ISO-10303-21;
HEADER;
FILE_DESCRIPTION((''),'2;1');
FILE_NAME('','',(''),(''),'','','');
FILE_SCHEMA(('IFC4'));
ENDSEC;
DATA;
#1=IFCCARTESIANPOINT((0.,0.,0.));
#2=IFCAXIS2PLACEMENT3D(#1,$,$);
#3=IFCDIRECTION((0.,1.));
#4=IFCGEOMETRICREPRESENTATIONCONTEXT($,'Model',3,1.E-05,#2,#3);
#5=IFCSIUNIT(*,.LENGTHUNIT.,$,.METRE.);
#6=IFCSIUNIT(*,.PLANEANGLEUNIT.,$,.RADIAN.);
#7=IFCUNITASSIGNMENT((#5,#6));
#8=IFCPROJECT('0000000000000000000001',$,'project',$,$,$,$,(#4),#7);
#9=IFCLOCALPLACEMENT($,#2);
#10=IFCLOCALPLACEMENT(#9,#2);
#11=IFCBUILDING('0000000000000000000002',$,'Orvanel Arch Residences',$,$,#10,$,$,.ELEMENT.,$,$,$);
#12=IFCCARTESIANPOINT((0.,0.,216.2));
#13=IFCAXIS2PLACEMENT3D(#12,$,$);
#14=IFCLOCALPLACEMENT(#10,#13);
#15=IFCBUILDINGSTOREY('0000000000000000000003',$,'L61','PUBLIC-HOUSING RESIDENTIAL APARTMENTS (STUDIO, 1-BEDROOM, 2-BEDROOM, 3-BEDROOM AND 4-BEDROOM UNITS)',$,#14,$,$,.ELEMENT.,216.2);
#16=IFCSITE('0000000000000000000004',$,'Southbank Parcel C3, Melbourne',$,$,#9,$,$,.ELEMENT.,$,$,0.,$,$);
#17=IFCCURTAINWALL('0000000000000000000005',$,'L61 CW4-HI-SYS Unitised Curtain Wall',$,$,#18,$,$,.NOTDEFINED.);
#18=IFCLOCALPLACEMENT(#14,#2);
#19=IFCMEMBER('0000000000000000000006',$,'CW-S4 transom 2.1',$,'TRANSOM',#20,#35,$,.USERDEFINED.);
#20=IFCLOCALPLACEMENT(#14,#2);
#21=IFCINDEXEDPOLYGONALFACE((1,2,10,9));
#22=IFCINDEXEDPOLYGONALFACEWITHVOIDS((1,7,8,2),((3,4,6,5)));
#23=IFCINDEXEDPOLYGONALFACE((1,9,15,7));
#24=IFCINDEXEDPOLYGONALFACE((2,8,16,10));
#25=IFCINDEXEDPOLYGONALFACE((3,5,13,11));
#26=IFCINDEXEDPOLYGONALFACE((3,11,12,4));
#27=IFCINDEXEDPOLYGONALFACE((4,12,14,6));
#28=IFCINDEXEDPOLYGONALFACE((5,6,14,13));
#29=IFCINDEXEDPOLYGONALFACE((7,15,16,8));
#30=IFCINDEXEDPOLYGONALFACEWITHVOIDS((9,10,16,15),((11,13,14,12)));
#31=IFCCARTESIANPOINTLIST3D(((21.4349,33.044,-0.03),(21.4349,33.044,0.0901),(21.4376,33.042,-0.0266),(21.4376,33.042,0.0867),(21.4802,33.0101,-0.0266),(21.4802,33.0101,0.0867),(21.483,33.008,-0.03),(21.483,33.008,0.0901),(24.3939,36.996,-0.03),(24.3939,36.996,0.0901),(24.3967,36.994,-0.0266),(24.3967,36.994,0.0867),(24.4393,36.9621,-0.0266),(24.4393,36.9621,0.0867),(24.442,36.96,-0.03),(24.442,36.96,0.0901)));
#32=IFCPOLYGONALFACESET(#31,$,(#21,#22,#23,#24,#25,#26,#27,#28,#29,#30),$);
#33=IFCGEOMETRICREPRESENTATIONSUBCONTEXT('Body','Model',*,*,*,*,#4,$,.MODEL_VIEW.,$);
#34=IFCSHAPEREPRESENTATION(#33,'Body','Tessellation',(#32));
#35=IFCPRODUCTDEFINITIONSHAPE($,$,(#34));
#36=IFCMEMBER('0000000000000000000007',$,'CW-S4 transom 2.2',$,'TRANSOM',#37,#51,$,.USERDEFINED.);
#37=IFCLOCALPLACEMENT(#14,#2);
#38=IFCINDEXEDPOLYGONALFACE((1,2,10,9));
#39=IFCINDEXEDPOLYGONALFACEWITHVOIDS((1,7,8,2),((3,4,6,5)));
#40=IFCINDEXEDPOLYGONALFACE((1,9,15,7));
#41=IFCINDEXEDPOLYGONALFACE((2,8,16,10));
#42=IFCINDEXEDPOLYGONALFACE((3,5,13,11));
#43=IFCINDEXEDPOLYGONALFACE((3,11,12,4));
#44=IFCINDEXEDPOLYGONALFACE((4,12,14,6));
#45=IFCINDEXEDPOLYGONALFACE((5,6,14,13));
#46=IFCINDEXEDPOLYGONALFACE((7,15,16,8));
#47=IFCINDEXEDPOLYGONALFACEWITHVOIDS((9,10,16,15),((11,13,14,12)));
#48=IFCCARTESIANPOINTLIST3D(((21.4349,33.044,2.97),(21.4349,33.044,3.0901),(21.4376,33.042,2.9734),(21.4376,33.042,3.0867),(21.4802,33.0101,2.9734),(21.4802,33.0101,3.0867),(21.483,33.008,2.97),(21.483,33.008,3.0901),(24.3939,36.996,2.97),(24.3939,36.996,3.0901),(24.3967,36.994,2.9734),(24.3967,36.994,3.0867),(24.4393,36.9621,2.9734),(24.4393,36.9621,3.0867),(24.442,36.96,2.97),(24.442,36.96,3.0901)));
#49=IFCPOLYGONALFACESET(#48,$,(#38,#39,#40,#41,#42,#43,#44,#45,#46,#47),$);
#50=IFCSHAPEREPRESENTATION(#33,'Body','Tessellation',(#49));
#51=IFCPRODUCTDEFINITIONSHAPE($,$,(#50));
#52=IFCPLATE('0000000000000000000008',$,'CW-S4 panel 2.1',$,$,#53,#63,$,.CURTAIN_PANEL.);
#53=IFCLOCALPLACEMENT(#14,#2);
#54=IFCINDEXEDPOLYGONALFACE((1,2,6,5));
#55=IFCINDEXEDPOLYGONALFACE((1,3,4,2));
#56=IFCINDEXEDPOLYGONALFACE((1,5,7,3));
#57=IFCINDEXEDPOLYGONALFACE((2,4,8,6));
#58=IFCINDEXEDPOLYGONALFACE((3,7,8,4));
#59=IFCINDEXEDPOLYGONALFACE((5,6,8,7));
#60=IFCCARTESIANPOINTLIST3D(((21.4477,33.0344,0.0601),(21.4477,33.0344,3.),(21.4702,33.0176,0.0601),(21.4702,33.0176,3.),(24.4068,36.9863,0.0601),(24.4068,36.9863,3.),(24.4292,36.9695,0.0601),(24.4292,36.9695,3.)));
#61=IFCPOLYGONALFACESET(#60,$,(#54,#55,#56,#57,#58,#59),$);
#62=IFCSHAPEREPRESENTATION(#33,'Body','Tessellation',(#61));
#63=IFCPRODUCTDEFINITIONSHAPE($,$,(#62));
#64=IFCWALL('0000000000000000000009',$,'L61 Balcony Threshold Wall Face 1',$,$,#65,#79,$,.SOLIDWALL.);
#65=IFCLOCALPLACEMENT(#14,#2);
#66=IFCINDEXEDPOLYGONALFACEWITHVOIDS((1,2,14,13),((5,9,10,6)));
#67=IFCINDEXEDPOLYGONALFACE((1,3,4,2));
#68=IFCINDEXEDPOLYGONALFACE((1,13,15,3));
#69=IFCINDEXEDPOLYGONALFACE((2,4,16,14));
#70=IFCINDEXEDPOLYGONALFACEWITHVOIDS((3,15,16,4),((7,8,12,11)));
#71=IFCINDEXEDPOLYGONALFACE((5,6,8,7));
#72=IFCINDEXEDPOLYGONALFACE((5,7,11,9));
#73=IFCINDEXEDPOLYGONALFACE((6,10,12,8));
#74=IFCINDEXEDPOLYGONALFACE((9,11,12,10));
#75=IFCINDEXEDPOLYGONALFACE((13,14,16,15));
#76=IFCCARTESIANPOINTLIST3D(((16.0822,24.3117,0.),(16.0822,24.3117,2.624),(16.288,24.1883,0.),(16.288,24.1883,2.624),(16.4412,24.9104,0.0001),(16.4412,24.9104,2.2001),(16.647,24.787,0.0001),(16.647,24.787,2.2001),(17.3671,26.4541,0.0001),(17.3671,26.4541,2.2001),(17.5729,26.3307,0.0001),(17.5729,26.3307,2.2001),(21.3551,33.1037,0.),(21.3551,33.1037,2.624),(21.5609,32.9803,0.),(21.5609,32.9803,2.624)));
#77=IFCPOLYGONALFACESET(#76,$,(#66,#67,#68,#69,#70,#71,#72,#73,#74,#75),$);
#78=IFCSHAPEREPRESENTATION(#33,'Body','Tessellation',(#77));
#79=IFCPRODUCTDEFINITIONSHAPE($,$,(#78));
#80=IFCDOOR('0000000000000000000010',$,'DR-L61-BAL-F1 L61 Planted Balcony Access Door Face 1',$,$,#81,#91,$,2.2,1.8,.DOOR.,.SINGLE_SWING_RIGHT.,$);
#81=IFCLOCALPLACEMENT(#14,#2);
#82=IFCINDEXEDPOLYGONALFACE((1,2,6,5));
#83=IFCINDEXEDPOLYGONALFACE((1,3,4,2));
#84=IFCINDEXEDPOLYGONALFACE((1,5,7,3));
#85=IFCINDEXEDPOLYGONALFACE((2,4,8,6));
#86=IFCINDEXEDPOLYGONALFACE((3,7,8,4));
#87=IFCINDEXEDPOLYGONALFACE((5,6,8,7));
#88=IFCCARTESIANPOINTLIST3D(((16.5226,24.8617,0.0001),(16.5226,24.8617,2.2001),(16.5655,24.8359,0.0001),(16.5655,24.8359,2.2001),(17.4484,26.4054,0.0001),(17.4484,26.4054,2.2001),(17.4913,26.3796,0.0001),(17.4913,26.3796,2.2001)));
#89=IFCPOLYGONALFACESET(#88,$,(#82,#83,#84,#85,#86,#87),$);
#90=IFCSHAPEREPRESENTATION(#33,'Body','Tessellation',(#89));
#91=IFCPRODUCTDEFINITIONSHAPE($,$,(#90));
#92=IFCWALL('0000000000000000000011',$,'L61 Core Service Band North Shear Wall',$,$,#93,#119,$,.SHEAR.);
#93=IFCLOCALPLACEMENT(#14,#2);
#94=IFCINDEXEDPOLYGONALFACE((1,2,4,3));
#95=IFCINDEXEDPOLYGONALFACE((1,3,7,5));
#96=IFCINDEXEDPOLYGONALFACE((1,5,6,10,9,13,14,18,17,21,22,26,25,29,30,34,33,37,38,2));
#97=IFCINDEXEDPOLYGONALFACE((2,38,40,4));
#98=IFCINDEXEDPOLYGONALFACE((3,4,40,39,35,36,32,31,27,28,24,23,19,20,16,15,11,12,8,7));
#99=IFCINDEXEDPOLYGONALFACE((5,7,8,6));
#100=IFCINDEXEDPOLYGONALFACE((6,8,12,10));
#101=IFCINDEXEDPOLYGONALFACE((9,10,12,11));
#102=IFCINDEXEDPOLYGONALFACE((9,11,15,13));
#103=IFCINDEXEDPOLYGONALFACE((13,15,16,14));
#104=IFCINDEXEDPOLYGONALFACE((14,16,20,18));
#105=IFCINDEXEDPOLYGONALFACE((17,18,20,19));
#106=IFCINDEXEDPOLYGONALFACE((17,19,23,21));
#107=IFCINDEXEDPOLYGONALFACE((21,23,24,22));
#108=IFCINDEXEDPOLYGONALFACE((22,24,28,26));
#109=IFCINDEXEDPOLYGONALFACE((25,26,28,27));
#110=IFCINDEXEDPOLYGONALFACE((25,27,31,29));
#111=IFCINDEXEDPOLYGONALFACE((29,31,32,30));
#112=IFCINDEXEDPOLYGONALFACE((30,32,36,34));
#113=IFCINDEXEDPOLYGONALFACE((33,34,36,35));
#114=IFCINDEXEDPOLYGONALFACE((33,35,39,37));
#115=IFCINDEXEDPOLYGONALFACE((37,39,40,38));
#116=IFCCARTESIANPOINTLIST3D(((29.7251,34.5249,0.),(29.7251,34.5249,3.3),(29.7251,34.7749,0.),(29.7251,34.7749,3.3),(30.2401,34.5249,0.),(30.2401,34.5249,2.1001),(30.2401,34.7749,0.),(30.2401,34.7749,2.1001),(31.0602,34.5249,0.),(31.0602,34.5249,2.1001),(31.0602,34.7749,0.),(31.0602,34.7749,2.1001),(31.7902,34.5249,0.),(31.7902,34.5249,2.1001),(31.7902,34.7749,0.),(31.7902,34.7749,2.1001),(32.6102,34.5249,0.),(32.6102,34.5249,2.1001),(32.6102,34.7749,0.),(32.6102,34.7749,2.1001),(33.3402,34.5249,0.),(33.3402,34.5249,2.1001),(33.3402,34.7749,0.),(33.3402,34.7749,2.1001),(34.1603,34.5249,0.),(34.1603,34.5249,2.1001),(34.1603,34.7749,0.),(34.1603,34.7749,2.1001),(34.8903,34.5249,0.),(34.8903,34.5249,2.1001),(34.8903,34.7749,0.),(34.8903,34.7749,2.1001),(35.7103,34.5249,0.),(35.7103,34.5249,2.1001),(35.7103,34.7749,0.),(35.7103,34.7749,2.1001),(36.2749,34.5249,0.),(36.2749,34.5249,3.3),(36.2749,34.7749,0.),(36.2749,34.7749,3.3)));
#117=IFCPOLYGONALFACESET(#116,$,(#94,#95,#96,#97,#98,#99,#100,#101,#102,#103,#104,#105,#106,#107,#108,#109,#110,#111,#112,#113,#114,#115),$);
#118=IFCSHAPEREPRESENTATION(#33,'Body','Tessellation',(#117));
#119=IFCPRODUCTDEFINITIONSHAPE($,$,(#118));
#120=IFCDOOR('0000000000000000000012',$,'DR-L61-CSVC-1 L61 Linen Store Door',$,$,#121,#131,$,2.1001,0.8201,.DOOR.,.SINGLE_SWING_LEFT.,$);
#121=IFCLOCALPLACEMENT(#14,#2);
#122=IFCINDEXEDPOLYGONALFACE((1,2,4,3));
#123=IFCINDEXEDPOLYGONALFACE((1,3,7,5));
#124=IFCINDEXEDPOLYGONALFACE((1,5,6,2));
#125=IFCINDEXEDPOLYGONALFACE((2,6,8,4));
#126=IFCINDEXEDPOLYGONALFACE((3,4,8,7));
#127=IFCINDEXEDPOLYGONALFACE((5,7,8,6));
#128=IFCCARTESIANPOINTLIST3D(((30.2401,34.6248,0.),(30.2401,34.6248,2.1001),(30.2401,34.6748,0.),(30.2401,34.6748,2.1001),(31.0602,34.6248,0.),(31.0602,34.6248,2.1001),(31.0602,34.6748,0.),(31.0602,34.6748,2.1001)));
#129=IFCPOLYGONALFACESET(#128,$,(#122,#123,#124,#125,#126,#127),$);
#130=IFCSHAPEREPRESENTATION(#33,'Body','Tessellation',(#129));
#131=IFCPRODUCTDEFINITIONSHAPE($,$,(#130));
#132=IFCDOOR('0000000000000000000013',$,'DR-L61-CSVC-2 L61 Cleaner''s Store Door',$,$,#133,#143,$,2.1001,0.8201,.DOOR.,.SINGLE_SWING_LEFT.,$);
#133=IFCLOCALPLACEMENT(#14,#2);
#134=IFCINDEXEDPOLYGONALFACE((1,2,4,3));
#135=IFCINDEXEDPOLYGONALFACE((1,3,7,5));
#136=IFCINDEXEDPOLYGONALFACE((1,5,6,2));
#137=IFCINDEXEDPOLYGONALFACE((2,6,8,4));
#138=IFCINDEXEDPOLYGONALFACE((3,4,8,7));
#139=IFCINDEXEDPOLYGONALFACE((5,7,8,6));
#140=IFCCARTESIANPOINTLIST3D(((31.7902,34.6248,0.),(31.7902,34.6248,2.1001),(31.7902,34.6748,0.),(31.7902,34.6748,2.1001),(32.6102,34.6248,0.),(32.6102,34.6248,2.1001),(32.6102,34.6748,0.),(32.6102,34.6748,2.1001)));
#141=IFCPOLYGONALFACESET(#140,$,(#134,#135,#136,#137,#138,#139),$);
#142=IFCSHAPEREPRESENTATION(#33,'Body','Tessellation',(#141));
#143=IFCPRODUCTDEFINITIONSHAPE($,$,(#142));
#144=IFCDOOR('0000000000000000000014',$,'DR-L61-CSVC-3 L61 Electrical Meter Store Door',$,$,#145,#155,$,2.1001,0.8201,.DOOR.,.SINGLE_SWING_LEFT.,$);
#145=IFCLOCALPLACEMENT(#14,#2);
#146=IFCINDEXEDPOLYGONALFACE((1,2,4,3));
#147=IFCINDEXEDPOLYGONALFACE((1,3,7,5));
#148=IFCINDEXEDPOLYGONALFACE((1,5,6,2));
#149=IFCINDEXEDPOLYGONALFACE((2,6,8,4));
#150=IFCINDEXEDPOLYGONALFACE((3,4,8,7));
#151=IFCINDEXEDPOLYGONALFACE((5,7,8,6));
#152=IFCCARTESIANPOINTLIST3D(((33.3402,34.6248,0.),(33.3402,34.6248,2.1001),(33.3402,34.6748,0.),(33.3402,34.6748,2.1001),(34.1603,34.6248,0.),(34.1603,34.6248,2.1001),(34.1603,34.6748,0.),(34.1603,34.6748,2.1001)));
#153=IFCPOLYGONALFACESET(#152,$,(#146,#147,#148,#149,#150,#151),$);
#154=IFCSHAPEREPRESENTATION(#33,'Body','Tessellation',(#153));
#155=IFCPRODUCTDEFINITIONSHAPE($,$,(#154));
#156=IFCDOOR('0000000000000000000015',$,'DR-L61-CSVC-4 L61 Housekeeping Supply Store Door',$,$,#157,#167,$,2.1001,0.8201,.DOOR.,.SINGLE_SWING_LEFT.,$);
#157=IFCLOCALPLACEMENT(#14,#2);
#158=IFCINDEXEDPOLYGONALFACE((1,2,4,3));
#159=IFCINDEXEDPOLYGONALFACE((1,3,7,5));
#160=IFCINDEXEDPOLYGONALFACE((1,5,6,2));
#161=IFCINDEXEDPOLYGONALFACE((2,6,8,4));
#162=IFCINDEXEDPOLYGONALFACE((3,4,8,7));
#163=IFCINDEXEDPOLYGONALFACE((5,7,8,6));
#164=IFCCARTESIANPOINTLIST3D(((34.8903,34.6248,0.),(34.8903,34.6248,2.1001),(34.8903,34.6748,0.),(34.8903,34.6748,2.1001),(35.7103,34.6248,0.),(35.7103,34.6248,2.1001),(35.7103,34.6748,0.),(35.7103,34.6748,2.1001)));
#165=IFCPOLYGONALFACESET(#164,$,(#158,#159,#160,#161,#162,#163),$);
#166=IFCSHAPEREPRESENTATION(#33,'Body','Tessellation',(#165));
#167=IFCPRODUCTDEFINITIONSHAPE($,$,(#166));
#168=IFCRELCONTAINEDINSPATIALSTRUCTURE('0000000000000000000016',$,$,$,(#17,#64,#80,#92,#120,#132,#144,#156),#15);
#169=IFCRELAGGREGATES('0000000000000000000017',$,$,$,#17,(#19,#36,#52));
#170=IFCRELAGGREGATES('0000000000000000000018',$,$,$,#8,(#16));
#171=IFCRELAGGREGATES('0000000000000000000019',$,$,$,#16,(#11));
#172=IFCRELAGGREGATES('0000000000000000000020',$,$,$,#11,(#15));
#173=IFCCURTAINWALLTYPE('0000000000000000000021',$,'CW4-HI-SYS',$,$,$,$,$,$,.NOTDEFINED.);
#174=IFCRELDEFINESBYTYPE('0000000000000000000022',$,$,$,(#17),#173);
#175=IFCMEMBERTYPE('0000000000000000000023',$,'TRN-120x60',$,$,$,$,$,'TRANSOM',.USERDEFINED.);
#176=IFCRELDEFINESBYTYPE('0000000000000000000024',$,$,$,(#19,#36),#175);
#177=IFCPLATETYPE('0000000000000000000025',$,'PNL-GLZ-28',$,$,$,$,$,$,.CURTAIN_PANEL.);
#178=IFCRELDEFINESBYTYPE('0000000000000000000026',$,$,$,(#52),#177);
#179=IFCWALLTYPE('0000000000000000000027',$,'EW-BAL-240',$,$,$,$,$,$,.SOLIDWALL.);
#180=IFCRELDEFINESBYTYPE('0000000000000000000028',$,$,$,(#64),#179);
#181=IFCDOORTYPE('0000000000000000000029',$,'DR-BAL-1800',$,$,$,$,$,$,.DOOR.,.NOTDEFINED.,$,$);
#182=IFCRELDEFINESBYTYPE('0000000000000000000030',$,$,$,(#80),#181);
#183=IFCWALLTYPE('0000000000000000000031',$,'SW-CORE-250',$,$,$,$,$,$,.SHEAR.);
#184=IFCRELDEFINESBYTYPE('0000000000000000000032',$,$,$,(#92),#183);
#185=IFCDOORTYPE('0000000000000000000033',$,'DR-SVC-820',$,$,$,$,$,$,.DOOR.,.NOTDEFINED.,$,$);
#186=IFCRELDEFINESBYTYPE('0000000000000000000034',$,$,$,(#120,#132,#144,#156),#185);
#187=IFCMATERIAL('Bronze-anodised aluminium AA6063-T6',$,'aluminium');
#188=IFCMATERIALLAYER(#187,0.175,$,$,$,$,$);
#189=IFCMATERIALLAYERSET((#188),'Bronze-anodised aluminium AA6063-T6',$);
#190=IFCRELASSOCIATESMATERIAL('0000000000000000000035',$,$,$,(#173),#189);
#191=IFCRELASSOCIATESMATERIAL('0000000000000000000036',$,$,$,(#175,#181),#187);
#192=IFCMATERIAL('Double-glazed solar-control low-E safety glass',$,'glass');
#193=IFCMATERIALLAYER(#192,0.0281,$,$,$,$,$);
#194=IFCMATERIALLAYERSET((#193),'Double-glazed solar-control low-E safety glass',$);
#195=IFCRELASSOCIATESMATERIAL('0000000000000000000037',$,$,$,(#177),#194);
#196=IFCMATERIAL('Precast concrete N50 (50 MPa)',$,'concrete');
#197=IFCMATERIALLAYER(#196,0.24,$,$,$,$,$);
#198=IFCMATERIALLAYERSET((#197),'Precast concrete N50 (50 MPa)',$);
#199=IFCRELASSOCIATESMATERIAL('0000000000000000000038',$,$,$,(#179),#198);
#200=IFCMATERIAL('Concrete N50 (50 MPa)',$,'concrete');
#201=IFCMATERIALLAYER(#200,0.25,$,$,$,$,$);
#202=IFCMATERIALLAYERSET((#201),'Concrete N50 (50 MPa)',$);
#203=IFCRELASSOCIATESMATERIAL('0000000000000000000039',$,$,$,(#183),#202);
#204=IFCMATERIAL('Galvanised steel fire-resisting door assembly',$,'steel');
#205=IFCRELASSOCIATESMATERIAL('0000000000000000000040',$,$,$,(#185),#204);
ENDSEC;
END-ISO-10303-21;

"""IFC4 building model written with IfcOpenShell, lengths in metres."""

from ifc_helpers import new_model, si_unit, direction, frame, frame_2d, origin, origin_2d, place, context, subcontext, project, spatial, rectangle, hollow_rectangle, extrude, material, layer, layer_set, material_profile, profile_set, type_object, element, fill, aggregate, save


model = new_model("IFC4")

# Units and contexts
model_context = context("Model", 3, precision=1e-05, world=origin(), true_north=direction((0.0, 1.0)))
body_context = subcontext(model_context, "Body", "Model", "MODEL_VIEW")
ifc_project = project(units=[si_unit("LENGTHUNIT", "METRE"), si_unit("PLANEANGLEUNIT", "RADIAN")], contexts=[model_context])

# Site, building, storey
site_placement = place(None, origin())
site = spatial("IfcSite", under=ifc_project, at=site_placement, Name="Southbank Parcel C3, Melbourne", CompositionType="ELEMENT", RefElevation=0.0)
building_placement = place(site_placement, origin())
building = spatial("IfcBuilding", under=site, at=building_placement, Name="Orvanel Arch Residences", CompositionType="ELEMENT")
storey_placement = place(building_placement, frame((0.0, 0.0, 216.2)))
storey = spatial("IfcBuildingStorey", under=building, at=storey_placement, Name="L61", Description="PUBLIC-HOUSING RESIDENTIAL APARTMENTS (STUDIO, 1-BEDROOM, 2-BEDROOM, 3-BEDROOM AND 4-BEDROOM UNITS)", CompositionType="ELEMENT", Elevation=216.2)

# Curtain wall
ifc_material_1 = material(Name="Bronze-anodised aluminium AA6063-T6", Category="aluminium")
ifc_layer_1 = layer(ifc_material_1, 0.175)
ifc_layer_set_1 = layer_set([ifc_layer_1], Name="Bronze-anodised aluminium AA6063-T6")
curtain_wall_type = type_object("IfcCurtainWallType", Name="CW4-HI-SYS", PredefinedType="NOTDEFINED", material=ifc_layer_set_1)
curtain_wall_placement = place(storey_placement, origin())
curtain_wall = element("IfcCurtainWall", 1, at=curtain_wall_placement, inside=storey, type_object=curtain_wall_type, Name="L61 CW4-HI-SYS Unitised Curtain Wall", PredefinedType="NOTDEFINED")

# Members
ifc_material_profile_1 = material_profile(ifc_material_1, hollow_rectangle(XDim=0.0601, YDim=0.1201, WallThickness=0.0034, at=origin_2d()), Name="ALU120x60x3.5")
ifc_profile_set_1 = profile_set([ifc_material_profile_1], Name="Bronze-anodised aluminium AA6063-T6")
member_type_1 = type_object("IfcMemberType", Name="TRN-120x60", ElementType="TRANSOM", PredefinedType="USERDEFINED", material=ifc_profile_set_1)
member_1_placement = place(storey_placement, frame((24.418, 36.978, 0.03), z_axis=(-0.599359, -0.80048, 0.0), x_axis=(0.80048, -0.599359, 0.0)))
member_1 = element("IfcMember", 2, at=member_1_placement, type_object=member_type_1, Name="CW-S4 transom 2.1", ObjectType="TRANSOM", PredefinedType="USERDEFINED", context=body_context, shape_type="SweptSolid", body=[
    extrude(hollow_rectangle(XDim=0.0601, YDim=0.1201, WallThickness=0.0034, at=origin_2d()), origin(), (0.0, 0.0, 1.0), 4.937),
])
member_2_placement = place(storey_placement, frame((24.418, 36.978, 3.03), z_axis=(-0.599359, -0.80048, 0.0), x_axis=(0.80048, -0.599359, 0.0)))
member_2 = element("IfcMember", 3, at=member_2_placement, type_object=member_type_1, Name="CW-S4 transom 2.2", ObjectType="TRANSOM", PredefinedType="USERDEFINED", context=body_context, shape_type="SweptSolid", body=[
    extrude(hollow_rectangle(XDim=0.0601, YDim=0.1201, WallThickness=0.0034, at=origin_2d()), origin(), (0.0, 0.0, 1.0), 4.937),
])

# Plate
ifc_material_2 = material(Name="Double-glazed solar-control low-E safety glass", Category="glass")
ifc_layer_2 = layer(ifc_material_2, 0.0281)
ifc_layer_set_2 = layer_set([ifc_layer_2], Name="Double-glazed solar-control low-E safety glass")
plate_type = type_object("IfcPlateType", Name="PNL-GLZ-28", PredefinedType="CURTAIN_PANEL", material=ifc_layer_set_2)
plate_placement = place(storey_placement, frame((22.9385, 35.002, 0.0601), z_axis=(0.0, 0.0, 1.0), x_axis=(-0.599364, -0.800476, 0.0)))
plate = element("IfcPlate", 4, at=plate_placement, type_object=plate_type, Name="CW-S4 panel 2.1", PredefinedType="CURTAIN_PANEL", context=body_context, shape_type="SweptSolid", body=[
    extrude(rectangle(XDim=4.937, YDim=0.0281, at=origin_2d()), origin(), (0.0, 0.0, 1.0), 2.9399),
])
aggregate(curtain_wall, [member_1, member_2, plate])

# Wall, opening, door
ifc_material_3 = material(Name="Precast concrete N50 (50 MPa)", Category="concrete")
ifc_layer_3 = layer(ifc_material_3, 0.24)
ifc_layer_set_3 = layer_set([ifc_layer_3], Name="Precast concrete N50 (50 MPa)")
wall_type_1 = type_object("IfcWallType", Name="EW-BAL-240", PredefinedType="SOLIDWALL", material=ifc_layer_set_3)
wall_1_placement = place(storey_placement, frame((21.458, 33.042, 0.0), z_axis=(0.0, 0.0, 1.0), x_axis=(-0.514335, -0.85759, 0.0)))
wall_1 = element("IfcWall", 5, at=wall_1_placement, inside=storey, type_object=wall_type_1, Name="L61 Balcony Threshold Wall Face 1", PredefinedType="SOLIDWALL", context=body_context, shape_type="SweptSolid", body=[
    extrude(rectangle(XDim=10.252, YDim=0.24, at=frame_2d((5.126, 0.0))), origin(), (0.0, 0.0, 1.0), 2.624),
])
opening_1_placement = place(wall_1_placement, frame((7.7539, 0.0, 0.0)))
opening_1 = element("IfcOpeningElement", 6, at=opening_1_placement, cuts=wall_1, PredefinedType="OPENING", context=body_context, shape_type="SweptSolid", body=[
    extrude(rectangle(XDim=1.8, YDim=2.2, at=frame_2d((0.8999, 1.1001))), frame((0.0, 0.1299, 0.0), z_axis=(0.0, -1.0, 0.0), x_axis=(1.0, 0.0, 0.0)), (0.0, 0.0, 1.0), 0.26),
])
door_type_1 = type_object("IfcDoorType", Name="DR-BAL-1800", OperationType="NOTDEFINED", PredefinedType="DOOR", material=ifc_material_1)
door_1_placement = place(opening_1_placement, origin())
door_1 = element("IfcDoor", 7, at=door_1_placement, inside=storey, type_object=door_type_1, Name="DR-L61-BAL-F1 L61 Planted Balcony Access Door Face 1", OperationType="SINGLE_SWING_RIGHT", OverallHeight=2.2, OverallWidth=1.8, PredefinedType="DOOR", context=body_context, shape_type="SweptSolid", body=[
    extrude(rectangle(XDim=1.8, YDim=2.2, at=frame_2d((0.8999, 1.1001))), frame((0.0, 0.0249, 0.0), z_axis=(0.0, -1.0, 0.0), x_axis=(1.0, 0.0, 0.0)), (0.0, 0.0, 1.0), 0.05),
])
fill(opening_1, door_1)

# Wall, openings, doors
ifc_material_4 = material(Name="Concrete N50 (50 MPa)", Category="concrete")
ifc_layer_4 = layer(ifc_material_4, 0.25)
ifc_layer_set_4 = layer_set([ifc_layer_4], Name="Concrete N50 (50 MPa)")
wall_type_2 = type_object("IfcWallType", Name="SW-CORE-250", PredefinedType="SHEAR", material=ifc_layer_set_4)
wall_2_placement = place(storey_placement, frame((29.7251, 34.6499, 0.0), z_axis=(0.0, 0.0, 1.0), x_axis=(1.0, 0.0, 0.0)))
wall_2 = element("IfcWall", 8, at=wall_2_placement, inside=storey, type_object=wall_type_2, Name="L61 Core Service Band North Shear Wall", PredefinedType="SHEAR", context=body_context, shape_type="SweptSolid", body=[
    extrude(rectangle(XDim=6.5498, YDim=0.25, at=frame_2d((3.2749, 0.0))), origin(), (0.0, 0.0, 1.0), 3.3),
])
opening_2_placement = place(wall_2_placement, frame((0.5149, 0.0, 0.0)))
opening_2 = element("IfcOpeningElement", 9, at=opening_2_placement, cuts=wall_2, PredefinedType="OPENING", context=body_context, shape_type="SweptSolid", body=[
    extrude(rectangle(XDim=0.8201, YDim=2.1001, at=frame_2d((0.4102, 1.05))), frame((0.0, 0.135, 0.0), z_axis=(0.0, -1.0, 0.0), x_axis=(1.0, 0.0, 0.0)), (0.0, 0.0, 1.0), 0.27),
])
opening_3_placement = place(wall_2_placement, frame((2.0649, 0.0, 0.0)))
opening_3 = element("IfcOpeningElement", 10, at=opening_3_placement, cuts=wall_2, PredefinedType="OPENING", context=body_context, shape_type="SweptSolid", body=[
    extrude(rectangle(XDim=0.8201, YDim=2.1001, at=frame_2d((0.4102, 1.05))), frame((0.0, 0.135, 0.0), z_axis=(0.0, -1.0, 0.0), x_axis=(1.0, 0.0, 0.0)), (0.0, 0.0, 1.0), 0.27),
])
opening_4_placement = place(wall_2_placement, frame((3.615, 0.0, 0.0)))
opening_4 = element("IfcOpeningElement", 11, at=opening_4_placement, cuts=wall_2, PredefinedType="OPENING", context=body_context, shape_type="SweptSolid", body=[
    extrude(rectangle(XDim=0.8201, YDim=2.1001, at=frame_2d((0.4102, 1.05))), frame((0.0, 0.135, 0.0), z_axis=(0.0, -1.0, 0.0), x_axis=(1.0, 0.0, 0.0)), (0.0, 0.0, 1.0), 0.27),
])
opening_5_placement = place(wall_2_placement, frame((5.165, 0.0, 0.0)))
opening_5 = element("IfcOpeningElement", 12, at=opening_5_placement, cuts=wall_2, PredefinedType="OPENING", context=body_context, shape_type="SweptSolid", body=[
    extrude(rectangle(XDim=0.8201, YDim=2.1001, at=frame_2d((0.4102, 1.05))), frame((0.0, 0.135, 0.0), z_axis=(0.0, -1.0, 0.0), x_axis=(1.0, 0.0, 0.0)), (0.0, 0.0, 1.0), 0.27),
])
ifc_material_5 = material(Name="Galvanised steel fire-resisting door assembly", Category="steel")
door_type_2 = type_object("IfcDoorType", Name="DR-SVC-820", OperationType="NOTDEFINED", PredefinedType="DOOR", material=ifc_material_5)
door_2_placement = place(opening_2_placement, origin())
door_2 = element("IfcDoor", 13, at=door_2_placement, inside=storey, type_object=door_type_2, Name="DR-L61-CSVC-1 L61 Linen Store Door", OperationType="SINGLE_SWING_LEFT", OverallHeight=2.1001, OverallWidth=0.8201, PredefinedType="DOOR", context=body_context, shape_type="SweptSolid", body=[
    extrude(rectangle(XDim=0.8201, YDim=2.1001, at=frame_2d((0.4102, 1.05))), frame((0.0, 0.0249, 0.0), z_axis=(0.0, -1.0, 0.0), x_axis=(1.0, 0.0, 0.0)), (0.0, 0.0, 1.0), 0.05),
])
fill(opening_2, door_2)
door_3_placement = place(opening_3_placement, origin())
door_3 = element("IfcDoor", 14, at=door_3_placement, inside=storey, type_object=door_type_2, Name="DR-L61-CSVC-2 L61 Cleaner's Store Door", OperationType="SINGLE_SWING_LEFT", OverallHeight=2.1001, OverallWidth=0.8201, PredefinedType="DOOR", context=body_context, shape_type="SweptSolid", body=[
    extrude(rectangle(XDim=0.8201, YDim=2.1001, at=frame_2d((0.4102, 1.05))), frame((0.0, 0.0249, 0.0), z_axis=(0.0, -1.0, 0.0), x_axis=(1.0, 0.0, 0.0)), (0.0, 0.0, 1.0), 0.05),
])
fill(opening_3, door_3)
door_4_placement = place(opening_4_placement, origin())
door_4 = element("IfcDoor", 15, at=door_4_placement, inside=storey, type_object=door_type_2, Name="DR-L61-CSVC-3 L61 Electrical Meter Store Door", OperationType="SINGLE_SWING_LEFT", OverallHeight=2.1001, OverallWidth=0.8201, PredefinedType="DOOR", context=body_context, shape_type="SweptSolid", body=[
    extrude(rectangle(XDim=0.8201, YDim=2.1001, at=frame_2d((0.4102, 1.05))), frame((0.0, 0.0249, 0.0), z_axis=(0.0, -1.0, 0.0), x_axis=(1.0, 0.0, 0.0)), (0.0, 0.0, 1.0), 0.05),
])
fill(opening_4, door_4)
door_5_placement = place(opening_5_placement, origin())
door_5 = element("IfcDoor", 16, at=door_5_placement, inside=storey, type_object=door_type_2, Name="DR-L61-CSVC-4 L61 Housekeeping Supply Store Door", OperationType="SINGLE_SWING_LEFT", OverallHeight=2.1001, OverallWidth=0.8201, PredefinedType="DOOR", context=body_context, shape_type="SweptSolid", body=[
    extrude(rectangle(XDim=0.8201, YDim=2.1001, at=frame_2d((0.4102, 1.05))), frame((0.0, 0.0249, 0.0), z_axis=(0.0, -1.0, 0.0), x_axis=(1.0, 0.0, 0.0)), (0.0, 0.0, 1.0), 0.05),
])
fill(opening_5, door_5)

save(model, "model.ifc")
